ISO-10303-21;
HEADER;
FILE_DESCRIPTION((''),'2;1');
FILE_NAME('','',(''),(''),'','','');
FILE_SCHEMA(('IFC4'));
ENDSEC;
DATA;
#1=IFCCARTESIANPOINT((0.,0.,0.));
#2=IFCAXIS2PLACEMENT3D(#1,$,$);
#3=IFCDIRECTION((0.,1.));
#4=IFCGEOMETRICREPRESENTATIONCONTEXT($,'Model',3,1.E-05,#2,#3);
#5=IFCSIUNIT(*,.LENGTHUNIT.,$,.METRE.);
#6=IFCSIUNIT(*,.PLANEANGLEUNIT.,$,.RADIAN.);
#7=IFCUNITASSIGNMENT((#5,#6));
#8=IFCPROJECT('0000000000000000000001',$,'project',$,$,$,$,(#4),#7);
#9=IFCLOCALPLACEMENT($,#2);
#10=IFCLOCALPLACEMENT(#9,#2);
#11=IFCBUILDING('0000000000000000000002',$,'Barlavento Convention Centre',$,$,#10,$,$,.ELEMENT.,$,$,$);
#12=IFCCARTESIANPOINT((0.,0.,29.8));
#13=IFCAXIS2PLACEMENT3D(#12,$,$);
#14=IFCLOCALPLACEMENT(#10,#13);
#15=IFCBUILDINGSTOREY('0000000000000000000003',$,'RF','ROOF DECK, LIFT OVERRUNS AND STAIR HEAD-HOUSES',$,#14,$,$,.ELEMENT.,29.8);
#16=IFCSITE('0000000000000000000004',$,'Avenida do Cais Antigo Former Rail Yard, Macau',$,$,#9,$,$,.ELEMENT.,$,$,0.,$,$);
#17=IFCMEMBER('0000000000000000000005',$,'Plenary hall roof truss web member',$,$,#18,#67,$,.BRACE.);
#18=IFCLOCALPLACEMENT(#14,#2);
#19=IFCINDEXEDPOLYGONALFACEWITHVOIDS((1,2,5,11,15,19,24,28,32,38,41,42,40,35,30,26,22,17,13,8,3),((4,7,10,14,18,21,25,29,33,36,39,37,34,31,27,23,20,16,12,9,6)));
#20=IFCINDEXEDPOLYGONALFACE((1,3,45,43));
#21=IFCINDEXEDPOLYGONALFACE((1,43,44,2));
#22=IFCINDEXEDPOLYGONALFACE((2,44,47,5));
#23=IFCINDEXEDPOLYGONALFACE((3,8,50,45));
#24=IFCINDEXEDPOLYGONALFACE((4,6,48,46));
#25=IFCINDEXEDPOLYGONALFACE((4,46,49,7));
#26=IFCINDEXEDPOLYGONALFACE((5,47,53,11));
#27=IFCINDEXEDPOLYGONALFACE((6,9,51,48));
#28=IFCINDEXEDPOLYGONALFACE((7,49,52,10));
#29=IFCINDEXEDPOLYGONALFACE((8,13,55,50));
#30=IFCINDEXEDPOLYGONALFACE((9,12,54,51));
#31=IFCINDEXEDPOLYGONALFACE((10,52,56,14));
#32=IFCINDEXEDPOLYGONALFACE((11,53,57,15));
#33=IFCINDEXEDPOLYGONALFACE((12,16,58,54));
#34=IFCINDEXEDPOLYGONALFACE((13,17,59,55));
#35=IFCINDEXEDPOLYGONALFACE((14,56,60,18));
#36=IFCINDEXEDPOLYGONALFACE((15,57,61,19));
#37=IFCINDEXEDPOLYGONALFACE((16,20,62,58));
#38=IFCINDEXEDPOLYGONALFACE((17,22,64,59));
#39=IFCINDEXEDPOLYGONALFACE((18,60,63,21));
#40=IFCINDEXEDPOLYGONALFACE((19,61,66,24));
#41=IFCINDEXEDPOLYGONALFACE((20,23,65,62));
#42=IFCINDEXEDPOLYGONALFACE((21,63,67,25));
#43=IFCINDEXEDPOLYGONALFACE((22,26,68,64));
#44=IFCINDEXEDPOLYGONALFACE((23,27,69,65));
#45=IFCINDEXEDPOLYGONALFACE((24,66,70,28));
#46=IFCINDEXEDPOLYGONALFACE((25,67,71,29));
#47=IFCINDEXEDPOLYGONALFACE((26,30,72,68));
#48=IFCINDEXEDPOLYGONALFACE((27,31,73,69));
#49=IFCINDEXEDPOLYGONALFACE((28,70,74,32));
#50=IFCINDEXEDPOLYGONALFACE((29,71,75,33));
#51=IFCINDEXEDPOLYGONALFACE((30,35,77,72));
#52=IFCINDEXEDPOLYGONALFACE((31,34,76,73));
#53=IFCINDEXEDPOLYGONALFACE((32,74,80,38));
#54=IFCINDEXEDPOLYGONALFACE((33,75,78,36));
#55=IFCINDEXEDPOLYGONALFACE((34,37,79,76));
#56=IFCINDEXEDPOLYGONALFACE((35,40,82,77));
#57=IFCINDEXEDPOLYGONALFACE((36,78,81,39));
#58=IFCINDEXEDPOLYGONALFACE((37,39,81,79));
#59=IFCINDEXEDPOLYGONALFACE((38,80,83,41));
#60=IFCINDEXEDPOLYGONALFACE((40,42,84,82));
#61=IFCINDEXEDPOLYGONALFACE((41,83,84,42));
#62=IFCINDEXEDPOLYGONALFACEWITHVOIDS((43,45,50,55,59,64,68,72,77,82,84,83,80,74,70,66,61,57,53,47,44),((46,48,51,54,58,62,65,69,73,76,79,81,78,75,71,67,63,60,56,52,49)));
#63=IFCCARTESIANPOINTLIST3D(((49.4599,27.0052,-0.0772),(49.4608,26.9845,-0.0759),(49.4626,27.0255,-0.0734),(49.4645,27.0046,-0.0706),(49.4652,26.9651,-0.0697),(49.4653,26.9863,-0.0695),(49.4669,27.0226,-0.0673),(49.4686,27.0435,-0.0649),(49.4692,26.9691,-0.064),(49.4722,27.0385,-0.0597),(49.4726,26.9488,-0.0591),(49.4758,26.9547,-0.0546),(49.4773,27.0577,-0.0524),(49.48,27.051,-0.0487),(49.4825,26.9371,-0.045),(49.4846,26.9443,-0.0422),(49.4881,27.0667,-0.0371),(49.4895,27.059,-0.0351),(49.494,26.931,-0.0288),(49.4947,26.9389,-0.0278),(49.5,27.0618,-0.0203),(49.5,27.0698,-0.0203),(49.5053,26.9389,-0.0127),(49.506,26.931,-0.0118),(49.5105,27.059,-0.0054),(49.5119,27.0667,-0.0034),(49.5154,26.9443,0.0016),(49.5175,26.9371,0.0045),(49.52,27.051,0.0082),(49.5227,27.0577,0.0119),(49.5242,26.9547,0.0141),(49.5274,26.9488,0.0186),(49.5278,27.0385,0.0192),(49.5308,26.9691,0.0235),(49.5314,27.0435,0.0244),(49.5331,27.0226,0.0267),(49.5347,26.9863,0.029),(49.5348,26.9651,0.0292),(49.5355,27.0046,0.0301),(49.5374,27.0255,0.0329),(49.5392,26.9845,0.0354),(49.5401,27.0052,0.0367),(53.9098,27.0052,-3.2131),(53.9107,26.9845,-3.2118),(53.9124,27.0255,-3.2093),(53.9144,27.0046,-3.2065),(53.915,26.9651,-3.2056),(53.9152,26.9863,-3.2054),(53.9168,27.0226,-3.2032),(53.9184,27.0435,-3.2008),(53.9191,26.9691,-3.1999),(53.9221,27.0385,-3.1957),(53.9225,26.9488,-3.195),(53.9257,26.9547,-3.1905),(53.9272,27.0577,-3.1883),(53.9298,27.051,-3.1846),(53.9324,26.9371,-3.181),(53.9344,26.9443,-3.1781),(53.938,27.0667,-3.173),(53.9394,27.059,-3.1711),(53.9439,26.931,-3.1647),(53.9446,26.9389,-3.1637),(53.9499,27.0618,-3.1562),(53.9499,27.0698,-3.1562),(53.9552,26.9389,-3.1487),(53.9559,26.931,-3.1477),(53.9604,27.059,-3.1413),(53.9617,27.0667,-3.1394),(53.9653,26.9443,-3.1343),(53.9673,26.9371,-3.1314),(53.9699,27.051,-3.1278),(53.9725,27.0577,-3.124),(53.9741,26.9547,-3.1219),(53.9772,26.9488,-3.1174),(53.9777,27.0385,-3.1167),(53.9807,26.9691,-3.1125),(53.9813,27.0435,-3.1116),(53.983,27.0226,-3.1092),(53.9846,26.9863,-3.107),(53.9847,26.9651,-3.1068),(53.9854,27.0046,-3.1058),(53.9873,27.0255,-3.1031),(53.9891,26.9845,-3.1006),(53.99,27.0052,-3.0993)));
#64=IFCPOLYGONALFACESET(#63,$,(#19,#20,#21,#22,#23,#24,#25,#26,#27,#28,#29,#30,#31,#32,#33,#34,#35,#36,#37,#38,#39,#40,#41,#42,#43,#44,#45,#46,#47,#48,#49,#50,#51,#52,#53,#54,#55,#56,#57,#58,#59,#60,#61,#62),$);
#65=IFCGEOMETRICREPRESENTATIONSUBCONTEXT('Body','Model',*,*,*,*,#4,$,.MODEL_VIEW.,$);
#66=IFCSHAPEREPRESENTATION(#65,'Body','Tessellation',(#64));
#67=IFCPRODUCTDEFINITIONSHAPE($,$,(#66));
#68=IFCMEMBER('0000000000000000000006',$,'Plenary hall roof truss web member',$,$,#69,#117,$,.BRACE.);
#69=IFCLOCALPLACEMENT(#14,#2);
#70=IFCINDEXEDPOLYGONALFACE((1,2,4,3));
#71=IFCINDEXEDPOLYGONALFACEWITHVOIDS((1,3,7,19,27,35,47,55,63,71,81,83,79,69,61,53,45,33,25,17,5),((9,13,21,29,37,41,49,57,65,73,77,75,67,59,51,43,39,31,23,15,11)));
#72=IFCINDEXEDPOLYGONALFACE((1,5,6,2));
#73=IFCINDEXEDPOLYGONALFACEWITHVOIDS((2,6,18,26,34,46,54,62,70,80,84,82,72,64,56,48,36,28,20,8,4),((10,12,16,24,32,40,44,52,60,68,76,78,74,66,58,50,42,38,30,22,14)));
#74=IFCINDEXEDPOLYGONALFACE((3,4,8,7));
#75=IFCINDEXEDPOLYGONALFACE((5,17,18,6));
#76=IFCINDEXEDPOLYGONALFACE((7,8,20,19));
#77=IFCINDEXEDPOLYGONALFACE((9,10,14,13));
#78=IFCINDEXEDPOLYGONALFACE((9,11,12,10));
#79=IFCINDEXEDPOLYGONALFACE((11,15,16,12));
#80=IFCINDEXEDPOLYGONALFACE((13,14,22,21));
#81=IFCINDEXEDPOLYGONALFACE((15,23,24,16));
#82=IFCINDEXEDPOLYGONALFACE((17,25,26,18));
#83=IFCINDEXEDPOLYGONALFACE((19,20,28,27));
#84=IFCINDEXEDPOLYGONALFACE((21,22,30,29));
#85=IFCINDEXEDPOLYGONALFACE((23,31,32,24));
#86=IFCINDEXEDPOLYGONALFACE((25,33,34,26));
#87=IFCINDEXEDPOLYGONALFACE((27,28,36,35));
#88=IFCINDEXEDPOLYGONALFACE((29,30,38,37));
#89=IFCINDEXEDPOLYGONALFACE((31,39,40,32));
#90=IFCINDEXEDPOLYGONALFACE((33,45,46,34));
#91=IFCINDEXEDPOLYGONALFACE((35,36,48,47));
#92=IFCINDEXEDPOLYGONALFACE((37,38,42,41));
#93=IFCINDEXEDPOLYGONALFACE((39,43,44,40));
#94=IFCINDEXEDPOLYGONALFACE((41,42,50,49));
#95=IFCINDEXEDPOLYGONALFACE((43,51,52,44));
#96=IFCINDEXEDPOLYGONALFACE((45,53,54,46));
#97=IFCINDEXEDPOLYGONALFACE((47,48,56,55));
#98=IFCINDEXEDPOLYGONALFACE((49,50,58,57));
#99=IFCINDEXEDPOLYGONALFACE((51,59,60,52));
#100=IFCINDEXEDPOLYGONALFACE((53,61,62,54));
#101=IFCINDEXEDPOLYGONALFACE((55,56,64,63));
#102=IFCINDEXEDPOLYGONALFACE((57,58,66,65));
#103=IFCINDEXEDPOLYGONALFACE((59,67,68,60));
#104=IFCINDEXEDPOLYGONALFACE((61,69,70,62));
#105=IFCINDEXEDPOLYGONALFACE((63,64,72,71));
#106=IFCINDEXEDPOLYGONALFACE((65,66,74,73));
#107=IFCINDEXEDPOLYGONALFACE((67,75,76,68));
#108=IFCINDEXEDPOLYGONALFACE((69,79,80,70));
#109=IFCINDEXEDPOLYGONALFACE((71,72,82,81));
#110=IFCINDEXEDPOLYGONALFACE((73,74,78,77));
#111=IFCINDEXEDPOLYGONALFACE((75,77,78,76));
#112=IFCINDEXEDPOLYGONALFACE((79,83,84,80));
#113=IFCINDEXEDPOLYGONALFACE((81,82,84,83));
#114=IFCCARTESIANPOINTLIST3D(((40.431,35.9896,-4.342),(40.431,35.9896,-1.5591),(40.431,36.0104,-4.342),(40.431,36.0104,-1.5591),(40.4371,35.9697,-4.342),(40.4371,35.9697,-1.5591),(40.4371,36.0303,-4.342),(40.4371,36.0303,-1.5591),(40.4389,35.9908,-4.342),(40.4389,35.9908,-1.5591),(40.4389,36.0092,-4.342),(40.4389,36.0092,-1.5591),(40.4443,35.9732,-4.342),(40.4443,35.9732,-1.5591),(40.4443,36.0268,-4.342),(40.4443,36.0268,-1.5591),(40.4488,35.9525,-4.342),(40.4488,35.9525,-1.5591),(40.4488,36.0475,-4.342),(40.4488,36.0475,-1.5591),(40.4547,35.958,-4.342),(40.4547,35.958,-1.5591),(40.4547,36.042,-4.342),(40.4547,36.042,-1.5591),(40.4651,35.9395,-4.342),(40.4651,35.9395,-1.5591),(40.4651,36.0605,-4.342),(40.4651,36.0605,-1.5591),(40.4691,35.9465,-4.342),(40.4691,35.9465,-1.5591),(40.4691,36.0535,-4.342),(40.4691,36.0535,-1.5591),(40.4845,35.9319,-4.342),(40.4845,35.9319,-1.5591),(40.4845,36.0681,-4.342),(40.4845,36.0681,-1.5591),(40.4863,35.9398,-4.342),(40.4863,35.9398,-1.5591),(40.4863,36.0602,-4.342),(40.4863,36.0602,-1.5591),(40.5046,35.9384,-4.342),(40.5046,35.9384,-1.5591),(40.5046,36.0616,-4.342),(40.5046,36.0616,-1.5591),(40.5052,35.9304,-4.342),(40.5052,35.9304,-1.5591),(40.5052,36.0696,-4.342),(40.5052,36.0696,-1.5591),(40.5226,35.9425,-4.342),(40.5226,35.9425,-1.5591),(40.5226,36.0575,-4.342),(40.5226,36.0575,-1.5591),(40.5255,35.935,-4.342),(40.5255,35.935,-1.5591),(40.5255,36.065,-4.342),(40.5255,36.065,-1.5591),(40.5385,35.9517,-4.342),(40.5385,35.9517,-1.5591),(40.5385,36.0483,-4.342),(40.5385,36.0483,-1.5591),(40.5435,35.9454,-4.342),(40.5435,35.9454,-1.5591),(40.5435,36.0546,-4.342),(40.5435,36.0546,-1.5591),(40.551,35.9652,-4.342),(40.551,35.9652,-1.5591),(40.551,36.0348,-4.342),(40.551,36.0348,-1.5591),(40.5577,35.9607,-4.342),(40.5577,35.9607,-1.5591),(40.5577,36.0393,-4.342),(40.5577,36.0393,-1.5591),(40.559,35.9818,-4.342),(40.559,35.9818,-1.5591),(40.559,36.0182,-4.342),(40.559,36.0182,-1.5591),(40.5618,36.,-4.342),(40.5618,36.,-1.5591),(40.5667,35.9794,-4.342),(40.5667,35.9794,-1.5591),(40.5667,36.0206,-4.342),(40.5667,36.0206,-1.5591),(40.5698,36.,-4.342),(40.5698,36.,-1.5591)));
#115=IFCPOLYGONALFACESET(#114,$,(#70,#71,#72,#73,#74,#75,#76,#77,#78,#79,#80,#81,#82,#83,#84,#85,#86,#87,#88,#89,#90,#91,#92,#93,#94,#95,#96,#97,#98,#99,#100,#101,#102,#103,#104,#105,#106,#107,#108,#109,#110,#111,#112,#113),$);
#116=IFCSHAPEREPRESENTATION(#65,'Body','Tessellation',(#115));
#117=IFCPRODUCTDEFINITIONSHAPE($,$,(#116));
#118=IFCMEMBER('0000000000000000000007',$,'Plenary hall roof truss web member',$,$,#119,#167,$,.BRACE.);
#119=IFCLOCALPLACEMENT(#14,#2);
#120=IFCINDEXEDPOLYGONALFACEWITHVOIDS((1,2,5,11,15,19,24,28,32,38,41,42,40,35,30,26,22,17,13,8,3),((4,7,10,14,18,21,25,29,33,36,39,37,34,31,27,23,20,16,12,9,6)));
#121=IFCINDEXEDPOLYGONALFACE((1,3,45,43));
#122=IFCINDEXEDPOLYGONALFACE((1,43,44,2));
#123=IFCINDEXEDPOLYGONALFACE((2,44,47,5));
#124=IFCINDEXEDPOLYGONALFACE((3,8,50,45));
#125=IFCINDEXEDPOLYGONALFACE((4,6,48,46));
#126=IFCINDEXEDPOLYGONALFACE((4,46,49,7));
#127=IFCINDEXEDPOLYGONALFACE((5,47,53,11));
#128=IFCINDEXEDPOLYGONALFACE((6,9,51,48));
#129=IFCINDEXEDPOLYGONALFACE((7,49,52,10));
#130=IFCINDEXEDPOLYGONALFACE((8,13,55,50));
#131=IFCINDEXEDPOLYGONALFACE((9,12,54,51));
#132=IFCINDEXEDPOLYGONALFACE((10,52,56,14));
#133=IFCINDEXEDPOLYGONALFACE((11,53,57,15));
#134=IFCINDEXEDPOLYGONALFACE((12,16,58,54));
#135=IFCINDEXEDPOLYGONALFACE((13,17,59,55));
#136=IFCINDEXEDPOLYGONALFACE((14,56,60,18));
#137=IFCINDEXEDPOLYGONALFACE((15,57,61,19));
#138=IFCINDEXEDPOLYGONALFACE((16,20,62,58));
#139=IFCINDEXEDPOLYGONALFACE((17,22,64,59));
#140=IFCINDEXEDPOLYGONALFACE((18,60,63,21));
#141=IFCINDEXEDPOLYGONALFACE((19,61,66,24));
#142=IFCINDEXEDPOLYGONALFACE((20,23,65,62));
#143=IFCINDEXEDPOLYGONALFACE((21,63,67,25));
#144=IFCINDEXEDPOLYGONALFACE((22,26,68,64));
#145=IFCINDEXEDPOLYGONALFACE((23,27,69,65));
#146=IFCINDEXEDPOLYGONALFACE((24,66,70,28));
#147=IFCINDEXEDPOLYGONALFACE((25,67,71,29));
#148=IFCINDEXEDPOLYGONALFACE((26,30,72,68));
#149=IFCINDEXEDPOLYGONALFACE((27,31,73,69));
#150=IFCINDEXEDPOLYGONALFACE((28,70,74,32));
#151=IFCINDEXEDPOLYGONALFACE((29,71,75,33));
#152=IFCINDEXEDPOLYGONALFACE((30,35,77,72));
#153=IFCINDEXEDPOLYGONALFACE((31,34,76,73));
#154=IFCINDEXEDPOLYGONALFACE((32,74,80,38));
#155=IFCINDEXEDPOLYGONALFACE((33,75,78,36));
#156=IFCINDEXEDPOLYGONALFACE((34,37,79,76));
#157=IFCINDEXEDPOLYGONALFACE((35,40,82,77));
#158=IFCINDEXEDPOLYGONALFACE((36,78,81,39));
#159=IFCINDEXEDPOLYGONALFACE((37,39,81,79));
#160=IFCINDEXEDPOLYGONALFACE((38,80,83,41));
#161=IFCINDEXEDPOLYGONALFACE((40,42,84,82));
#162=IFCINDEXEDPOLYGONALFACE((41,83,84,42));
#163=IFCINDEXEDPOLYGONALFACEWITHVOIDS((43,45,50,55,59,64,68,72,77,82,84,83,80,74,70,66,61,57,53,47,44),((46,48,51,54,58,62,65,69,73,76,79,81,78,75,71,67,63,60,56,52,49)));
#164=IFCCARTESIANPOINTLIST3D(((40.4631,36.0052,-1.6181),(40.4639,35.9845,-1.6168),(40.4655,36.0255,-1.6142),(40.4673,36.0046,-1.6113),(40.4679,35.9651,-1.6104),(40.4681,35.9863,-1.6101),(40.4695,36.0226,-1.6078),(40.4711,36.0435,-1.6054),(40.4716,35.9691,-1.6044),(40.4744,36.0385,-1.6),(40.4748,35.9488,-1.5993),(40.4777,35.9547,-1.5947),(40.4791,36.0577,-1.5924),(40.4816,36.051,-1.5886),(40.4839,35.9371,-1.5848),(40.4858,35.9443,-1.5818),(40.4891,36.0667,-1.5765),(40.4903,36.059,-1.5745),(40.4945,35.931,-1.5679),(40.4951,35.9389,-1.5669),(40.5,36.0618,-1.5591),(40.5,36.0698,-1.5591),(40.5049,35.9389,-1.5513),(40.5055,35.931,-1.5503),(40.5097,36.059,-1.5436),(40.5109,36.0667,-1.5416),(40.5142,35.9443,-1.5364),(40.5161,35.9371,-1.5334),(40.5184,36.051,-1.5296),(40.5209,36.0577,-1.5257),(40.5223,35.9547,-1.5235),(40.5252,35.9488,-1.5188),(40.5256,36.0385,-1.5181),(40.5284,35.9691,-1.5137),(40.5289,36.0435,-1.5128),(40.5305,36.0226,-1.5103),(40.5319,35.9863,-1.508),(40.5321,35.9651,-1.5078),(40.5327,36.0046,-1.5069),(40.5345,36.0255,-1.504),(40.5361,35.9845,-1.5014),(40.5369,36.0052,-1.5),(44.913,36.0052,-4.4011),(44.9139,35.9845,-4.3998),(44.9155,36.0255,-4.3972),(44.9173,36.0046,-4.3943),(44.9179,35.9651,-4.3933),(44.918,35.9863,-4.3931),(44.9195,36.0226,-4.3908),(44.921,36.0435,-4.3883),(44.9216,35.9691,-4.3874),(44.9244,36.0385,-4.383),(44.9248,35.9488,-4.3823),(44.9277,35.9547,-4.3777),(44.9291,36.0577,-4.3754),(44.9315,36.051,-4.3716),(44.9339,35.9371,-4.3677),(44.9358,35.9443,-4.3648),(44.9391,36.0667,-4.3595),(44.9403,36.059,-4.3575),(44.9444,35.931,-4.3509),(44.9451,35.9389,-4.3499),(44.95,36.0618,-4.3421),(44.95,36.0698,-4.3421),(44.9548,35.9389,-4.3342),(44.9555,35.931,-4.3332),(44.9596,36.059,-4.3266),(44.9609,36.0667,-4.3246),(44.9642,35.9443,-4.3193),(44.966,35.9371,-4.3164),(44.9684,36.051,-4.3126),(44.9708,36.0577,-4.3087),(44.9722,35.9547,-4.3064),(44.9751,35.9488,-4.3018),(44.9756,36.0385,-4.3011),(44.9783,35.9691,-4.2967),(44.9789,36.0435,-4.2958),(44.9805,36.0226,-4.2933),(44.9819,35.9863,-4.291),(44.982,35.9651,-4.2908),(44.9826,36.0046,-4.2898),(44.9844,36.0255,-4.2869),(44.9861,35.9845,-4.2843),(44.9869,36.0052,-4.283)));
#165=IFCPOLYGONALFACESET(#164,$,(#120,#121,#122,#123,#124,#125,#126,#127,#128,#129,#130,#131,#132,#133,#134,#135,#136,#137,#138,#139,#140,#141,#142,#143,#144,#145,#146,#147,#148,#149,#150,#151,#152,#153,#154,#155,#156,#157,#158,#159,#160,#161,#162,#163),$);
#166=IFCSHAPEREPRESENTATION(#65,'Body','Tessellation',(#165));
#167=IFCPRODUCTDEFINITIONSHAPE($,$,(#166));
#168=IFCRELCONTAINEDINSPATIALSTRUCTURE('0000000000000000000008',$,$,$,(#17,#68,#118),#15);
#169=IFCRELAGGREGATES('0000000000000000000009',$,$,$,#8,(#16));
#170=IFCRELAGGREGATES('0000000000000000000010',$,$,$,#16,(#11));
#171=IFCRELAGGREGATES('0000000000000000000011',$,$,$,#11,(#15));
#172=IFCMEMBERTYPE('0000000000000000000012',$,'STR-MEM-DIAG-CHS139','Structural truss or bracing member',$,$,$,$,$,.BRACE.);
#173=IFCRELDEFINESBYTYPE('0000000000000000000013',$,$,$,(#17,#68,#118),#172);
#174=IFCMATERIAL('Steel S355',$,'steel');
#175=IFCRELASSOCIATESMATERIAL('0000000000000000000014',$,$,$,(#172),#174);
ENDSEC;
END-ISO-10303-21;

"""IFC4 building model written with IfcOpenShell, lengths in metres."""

from ifc_helpers import new_model, si_unit, direction, frame, origin, origin_2d, place, context, subcontext, project, spatial, hollow_circle, extrude, material, material_profile, profile_set, type_object, element, save


model = new_model("IFC4")

# Units and contexts
model_context = context("Model", 3, precision=1e-05, world=origin(), true_north=direction((0.0, 1.0)))
body_context = subcontext(model_context, "Body", "Model", "MODEL_VIEW")
ifc_project = project(units=[si_unit("LENGTHUNIT", "METRE"), si_unit("PLANEANGLEUNIT", "RADIAN")], contexts=[model_context])

# Site, building, storey
site_placement = place(None, origin())
site = spatial("IfcSite", under=ifc_project, at=site_placement, Name="Avenida do Cais Antigo Former Rail Yard, Macau", CompositionType="ELEMENT", RefElevation=0.0)
building_placement = place(site_placement, origin())
building = spatial("IfcBuilding", under=site, at=building_placement, Name="Barlavento Convention Centre", CompositionType="ELEMENT")
storey_placement = place(building_placement, frame((0.0, 0.0, 29.8)))
storey = spatial("IfcBuildingStorey", under=building, at=storey_placement, Name="RF", Description="ROOF DECK, LIFT OVERRUNS AND STAIR HEAD-HOUSES", CompositionType="ELEMENT", Elevation=29.8)

# Members
ifc_material_1 = material(Name="Steel S355", Category="steel")
ifc_material_profile_1 = material_profile(ifc_material_1, hollow_circle(Radius=0.0698, WallThickness=0.0081, at=origin_2d()), Name="CHS 139.7x8.0")
ifc_profile_set_1 = profile_set([ifc_material_profile_1], Name="Steel S355")
member_type_1 = type_object("IfcMemberType", Name="STR-MEM-DIAG-CHS139", Description="Structural truss or bracing member", PredefinedType="BRACE", material=ifc_profile_set_1)
member_1_placement = place(storey_placement, frame((49.5, 27.0, -0.0203), z_axis=(0.817414, 0.0, -0.576051), x_axis=(0.0, 1.0, 0.0)))
element("IfcMember", 1, at=member_1_placement, inside=storey, type_object=member_type_1, Name="Plenary hall roof truss web member", PredefinedType="BRACE", context=body_context, shape_type="SweptSolid", body=[
    extrude(hollow_circle(Radius=0.0698, WallThickness=0.0081, at=origin_2d()), origin(), (0.0, 0.0, 1.0), 5.4438),
])
member_2_placement = place(storey_placement, frame((40.5, 36.0, -4.342), z_axis=(0.0, 0.0, 1.0), x_axis=(1.0, 0.0, 0.0)))
element("IfcMember", 2, at=member_2_placement, inside=storey, type_object=member_type_1, Name="Plenary hall roof truss web member", PredefinedType="BRACE", context=body_context, shape_type="SweptSolid", body=[
    extrude(hollow_circle(Radius=0.0698, WallThickness=0.0081, at=origin_2d()), origin(), (0.0, 0.0, 1.0), 2.783),
])
member_3_placement = place(storey_placement, frame((40.5, 36.0, -1.5591), z_axis=(0.847849, 0.0, -0.530237), x_axis=(0.0, 1.0, 0.0)))
element("IfcMember", 3, at=member_3_placement, inside=storey, type_object=member_type_1, Name="Plenary hall roof truss web member", PredefinedType="BRACE", context=body_context, shape_type="SweptSolid", body=[
    extrude(hollow_circle(Radius=0.0698, WallThickness=0.0081, at=origin_2d()), origin(), (0.0, 0.0, 1.0), 5.2485),
])

save(model, "model.ifc")
